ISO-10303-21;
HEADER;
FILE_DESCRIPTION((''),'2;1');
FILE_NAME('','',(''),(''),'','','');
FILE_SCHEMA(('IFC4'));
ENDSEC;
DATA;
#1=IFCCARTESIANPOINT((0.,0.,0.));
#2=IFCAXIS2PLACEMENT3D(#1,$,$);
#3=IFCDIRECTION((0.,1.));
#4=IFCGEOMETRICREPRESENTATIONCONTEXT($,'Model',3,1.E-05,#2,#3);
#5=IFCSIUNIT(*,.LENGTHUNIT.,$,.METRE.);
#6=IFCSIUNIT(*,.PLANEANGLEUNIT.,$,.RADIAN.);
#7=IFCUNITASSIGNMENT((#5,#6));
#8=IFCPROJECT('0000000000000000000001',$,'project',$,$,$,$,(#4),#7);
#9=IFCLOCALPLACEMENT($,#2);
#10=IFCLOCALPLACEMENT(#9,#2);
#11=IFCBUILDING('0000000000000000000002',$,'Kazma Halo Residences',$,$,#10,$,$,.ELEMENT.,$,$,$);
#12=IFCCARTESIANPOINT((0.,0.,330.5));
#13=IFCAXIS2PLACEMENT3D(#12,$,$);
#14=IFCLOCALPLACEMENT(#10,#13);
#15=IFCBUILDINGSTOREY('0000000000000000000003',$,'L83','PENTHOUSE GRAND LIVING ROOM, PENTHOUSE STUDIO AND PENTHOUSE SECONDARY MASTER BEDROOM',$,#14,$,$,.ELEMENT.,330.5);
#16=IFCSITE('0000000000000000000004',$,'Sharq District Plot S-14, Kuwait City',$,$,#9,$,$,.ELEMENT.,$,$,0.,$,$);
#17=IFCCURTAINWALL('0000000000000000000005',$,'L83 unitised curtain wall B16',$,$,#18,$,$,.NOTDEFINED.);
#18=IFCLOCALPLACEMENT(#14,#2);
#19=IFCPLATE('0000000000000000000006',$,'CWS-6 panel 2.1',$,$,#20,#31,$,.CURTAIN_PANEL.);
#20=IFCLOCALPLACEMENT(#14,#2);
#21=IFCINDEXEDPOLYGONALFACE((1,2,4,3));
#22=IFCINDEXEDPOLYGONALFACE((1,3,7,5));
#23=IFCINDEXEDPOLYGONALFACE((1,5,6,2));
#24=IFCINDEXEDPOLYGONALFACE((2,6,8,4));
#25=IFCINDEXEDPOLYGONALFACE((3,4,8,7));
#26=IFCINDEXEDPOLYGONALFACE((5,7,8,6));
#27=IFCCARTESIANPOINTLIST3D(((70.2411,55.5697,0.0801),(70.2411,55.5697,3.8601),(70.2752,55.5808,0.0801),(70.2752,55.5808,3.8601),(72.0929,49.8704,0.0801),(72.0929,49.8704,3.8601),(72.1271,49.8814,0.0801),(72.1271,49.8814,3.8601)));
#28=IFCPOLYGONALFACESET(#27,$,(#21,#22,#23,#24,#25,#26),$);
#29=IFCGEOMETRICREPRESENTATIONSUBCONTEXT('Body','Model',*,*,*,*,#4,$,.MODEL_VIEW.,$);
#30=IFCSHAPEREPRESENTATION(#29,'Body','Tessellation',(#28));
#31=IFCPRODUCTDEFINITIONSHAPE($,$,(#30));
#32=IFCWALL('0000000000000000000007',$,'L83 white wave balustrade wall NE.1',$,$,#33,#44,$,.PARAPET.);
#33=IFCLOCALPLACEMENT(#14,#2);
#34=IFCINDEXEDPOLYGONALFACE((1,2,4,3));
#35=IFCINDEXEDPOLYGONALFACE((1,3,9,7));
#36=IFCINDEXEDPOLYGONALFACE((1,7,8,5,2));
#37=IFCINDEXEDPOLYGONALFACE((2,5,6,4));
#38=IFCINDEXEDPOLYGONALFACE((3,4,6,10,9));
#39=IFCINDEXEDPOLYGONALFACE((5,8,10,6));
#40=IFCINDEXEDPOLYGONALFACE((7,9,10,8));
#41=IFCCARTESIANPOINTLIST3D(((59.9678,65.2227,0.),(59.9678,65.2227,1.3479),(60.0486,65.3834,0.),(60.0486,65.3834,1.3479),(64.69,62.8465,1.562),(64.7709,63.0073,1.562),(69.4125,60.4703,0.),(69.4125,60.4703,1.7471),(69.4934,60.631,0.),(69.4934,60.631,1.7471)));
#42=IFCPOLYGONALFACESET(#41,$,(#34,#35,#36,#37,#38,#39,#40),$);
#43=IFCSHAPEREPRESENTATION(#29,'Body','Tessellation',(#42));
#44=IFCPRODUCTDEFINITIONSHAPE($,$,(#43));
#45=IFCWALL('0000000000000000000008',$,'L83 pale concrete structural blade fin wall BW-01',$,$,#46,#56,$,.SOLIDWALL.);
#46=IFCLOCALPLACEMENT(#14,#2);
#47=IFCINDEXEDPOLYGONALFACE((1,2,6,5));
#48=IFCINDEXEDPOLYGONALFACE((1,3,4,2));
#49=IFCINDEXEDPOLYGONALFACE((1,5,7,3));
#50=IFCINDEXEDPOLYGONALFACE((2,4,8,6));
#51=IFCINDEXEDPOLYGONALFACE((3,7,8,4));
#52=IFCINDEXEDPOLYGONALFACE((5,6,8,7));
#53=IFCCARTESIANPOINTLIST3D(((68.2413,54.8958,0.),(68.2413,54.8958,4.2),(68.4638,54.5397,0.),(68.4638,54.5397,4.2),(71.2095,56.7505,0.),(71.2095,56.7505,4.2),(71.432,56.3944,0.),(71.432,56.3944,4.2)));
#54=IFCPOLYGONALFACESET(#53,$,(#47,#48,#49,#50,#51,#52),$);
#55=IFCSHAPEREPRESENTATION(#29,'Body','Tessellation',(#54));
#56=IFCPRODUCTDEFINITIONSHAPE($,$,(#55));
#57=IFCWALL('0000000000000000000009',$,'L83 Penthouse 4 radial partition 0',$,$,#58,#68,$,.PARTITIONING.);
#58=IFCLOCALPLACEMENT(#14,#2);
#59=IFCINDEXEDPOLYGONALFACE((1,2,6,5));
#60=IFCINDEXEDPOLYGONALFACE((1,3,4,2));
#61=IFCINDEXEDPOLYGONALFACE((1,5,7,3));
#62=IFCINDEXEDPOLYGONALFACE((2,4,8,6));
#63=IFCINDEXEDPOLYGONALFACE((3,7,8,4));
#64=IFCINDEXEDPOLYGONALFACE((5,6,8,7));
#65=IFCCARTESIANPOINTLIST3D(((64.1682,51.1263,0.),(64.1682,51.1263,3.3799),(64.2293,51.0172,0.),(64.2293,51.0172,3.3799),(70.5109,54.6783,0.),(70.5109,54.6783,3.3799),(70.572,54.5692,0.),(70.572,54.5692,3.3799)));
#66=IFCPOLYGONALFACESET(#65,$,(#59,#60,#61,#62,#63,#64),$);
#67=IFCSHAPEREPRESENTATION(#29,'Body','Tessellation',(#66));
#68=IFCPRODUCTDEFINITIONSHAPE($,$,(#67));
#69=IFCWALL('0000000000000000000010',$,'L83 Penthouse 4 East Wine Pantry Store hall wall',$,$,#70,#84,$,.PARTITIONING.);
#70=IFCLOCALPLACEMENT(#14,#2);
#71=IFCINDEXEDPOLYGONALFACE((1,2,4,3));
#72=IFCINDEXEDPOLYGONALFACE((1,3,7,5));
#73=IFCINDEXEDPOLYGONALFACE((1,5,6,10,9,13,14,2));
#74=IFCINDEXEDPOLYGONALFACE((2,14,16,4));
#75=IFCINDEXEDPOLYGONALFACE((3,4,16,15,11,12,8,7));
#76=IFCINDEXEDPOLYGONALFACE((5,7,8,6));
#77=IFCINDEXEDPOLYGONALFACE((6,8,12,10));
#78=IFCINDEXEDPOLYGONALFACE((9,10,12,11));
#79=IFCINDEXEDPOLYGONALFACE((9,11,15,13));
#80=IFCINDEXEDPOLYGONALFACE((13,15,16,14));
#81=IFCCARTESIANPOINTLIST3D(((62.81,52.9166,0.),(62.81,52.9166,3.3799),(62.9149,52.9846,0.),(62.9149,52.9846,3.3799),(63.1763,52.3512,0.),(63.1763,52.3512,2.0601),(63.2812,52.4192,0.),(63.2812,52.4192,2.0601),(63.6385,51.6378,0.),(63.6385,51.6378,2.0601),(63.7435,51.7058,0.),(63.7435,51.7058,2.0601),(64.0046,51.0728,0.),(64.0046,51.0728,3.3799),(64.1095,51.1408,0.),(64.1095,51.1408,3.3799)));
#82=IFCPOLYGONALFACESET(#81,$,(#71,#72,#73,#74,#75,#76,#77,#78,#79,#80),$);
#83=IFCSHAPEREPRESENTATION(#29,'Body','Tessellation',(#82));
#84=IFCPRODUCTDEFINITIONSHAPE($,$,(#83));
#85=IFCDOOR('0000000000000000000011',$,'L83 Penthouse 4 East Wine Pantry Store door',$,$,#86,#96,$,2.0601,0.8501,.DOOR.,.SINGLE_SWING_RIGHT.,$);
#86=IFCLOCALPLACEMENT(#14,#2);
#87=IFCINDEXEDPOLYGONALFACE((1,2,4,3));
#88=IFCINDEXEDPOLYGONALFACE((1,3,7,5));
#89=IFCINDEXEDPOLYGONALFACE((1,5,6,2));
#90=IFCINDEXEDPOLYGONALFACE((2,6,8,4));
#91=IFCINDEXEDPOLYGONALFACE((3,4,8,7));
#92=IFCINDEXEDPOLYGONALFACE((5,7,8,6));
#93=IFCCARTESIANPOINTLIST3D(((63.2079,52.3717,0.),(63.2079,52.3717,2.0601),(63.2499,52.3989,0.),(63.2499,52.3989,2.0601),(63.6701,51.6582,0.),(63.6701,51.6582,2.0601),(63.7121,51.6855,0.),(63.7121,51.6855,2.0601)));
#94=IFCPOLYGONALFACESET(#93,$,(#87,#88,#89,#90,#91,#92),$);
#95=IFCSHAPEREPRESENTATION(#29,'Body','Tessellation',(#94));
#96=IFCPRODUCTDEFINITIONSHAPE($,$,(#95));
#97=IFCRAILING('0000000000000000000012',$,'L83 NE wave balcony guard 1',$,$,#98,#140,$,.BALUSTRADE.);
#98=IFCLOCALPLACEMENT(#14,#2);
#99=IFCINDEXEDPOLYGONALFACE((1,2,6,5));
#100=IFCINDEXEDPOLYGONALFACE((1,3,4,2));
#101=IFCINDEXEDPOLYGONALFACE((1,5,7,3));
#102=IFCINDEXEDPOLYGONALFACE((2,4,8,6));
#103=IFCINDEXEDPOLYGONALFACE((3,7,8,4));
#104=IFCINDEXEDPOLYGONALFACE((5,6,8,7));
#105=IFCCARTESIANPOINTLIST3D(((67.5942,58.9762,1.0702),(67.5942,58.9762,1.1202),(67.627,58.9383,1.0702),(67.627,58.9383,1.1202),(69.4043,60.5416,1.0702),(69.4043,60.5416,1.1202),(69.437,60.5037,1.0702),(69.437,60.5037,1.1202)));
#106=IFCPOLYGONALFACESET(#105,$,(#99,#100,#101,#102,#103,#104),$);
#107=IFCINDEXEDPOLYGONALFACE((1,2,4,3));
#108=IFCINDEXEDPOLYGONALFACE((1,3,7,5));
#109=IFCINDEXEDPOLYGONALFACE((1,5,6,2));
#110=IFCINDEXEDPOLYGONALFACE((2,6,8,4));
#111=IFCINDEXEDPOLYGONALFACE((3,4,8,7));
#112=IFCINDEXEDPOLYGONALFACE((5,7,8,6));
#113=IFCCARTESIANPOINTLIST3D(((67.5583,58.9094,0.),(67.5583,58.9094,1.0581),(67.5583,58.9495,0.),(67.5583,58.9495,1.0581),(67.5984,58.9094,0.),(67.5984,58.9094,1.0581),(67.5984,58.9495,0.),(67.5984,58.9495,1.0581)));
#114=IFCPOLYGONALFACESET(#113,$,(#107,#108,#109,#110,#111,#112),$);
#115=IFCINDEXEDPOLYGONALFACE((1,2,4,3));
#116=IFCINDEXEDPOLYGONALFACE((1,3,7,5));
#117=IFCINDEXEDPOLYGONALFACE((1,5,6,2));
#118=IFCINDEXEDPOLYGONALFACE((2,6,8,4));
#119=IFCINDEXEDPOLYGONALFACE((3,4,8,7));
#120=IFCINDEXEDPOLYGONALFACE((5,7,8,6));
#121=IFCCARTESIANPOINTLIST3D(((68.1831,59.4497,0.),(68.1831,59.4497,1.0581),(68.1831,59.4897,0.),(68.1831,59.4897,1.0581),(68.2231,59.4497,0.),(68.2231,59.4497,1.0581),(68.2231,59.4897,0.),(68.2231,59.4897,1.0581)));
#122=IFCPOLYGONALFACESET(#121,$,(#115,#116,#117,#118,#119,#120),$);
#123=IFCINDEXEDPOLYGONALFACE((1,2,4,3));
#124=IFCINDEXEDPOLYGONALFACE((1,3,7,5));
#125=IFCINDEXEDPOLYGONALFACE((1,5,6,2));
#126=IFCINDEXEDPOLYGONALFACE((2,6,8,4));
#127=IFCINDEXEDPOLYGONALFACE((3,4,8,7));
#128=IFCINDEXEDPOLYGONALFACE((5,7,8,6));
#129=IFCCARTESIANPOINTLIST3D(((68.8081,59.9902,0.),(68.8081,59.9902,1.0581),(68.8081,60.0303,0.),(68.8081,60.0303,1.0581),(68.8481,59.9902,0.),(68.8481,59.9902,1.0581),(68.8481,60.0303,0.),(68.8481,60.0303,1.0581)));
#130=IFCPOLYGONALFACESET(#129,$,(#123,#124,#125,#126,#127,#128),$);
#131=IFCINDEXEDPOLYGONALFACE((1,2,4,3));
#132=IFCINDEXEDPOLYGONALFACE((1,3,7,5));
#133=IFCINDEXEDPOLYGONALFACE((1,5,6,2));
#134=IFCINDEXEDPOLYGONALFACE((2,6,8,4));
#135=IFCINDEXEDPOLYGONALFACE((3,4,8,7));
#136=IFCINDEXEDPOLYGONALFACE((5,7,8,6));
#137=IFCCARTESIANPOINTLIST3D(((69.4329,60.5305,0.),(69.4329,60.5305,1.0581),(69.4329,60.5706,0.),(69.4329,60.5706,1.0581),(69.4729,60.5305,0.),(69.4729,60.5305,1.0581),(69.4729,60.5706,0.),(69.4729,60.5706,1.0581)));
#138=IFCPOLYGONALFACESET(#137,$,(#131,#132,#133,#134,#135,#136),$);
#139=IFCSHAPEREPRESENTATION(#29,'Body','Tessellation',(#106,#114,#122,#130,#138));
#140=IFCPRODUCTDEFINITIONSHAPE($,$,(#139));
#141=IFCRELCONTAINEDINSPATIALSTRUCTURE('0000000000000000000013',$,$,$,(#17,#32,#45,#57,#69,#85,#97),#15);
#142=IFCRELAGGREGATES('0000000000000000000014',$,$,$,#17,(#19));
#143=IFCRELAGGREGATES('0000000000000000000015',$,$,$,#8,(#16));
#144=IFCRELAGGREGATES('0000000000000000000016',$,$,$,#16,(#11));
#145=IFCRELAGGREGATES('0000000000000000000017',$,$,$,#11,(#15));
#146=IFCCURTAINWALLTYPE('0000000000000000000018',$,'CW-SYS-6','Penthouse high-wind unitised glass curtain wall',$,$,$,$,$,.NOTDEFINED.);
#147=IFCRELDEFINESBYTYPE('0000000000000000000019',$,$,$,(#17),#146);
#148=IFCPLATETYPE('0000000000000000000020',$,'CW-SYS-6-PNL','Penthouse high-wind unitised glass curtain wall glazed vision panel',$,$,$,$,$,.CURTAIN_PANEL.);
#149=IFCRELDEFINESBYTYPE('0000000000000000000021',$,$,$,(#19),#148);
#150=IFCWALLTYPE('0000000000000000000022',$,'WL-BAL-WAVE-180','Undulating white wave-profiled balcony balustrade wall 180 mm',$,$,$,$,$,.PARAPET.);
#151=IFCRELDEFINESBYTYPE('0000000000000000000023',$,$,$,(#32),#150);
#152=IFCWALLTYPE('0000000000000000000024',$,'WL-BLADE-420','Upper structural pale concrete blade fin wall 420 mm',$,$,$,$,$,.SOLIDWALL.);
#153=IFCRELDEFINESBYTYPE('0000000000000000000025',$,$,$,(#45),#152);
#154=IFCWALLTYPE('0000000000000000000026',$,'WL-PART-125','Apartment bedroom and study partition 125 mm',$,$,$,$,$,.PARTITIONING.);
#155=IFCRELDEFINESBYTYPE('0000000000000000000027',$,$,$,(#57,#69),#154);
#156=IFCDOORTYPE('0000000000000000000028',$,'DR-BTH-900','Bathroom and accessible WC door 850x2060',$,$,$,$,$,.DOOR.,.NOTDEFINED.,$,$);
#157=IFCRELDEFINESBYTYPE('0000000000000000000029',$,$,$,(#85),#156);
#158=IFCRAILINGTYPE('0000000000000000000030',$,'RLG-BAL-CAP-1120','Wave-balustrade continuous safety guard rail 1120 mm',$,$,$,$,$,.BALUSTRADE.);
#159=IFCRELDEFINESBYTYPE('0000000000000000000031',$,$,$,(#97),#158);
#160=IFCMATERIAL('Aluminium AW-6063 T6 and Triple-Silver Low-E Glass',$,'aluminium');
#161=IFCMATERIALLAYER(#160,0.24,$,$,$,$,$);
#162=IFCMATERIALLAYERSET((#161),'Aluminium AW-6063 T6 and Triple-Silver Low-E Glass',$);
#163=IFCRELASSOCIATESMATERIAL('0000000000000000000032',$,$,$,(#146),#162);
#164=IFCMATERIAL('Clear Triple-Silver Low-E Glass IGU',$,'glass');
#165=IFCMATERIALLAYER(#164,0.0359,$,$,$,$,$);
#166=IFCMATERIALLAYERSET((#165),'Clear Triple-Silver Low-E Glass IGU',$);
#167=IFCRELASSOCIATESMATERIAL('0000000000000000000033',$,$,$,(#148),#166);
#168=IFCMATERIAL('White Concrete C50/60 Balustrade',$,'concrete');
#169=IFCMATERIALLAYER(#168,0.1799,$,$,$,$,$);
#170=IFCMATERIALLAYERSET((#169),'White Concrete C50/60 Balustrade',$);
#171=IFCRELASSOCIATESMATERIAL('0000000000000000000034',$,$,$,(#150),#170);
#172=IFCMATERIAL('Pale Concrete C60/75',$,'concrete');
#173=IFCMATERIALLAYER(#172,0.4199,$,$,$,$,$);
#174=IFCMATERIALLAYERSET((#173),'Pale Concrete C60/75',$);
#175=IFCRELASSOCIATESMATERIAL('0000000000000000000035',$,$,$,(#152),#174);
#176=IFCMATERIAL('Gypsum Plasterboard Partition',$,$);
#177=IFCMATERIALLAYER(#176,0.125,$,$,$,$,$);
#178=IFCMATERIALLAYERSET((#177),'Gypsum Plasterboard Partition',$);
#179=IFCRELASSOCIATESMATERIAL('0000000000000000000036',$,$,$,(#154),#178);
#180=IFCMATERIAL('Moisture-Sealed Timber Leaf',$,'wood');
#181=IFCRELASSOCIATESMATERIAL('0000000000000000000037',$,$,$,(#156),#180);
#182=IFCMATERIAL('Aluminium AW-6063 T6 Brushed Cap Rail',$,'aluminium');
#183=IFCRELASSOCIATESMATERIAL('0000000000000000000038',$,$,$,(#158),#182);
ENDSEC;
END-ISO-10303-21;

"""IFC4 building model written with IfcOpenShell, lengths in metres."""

from ifc_helpers import new_model, si_unit, direction, frame, frame_2d, origin, origin_2d, place, context, subcontext, project, spatial, polyline, rectangle, outline, extrude, material, layer, layer_set, type_object, element, fill, aggregate, save


model = new_model("IFC4")

# Units and contexts
model_context = context("Model", 3, precision=1e-05, world=origin(), true_north=direction((0.0, 1.0)))
body_context = subcontext(model_context, "Body", "Model", "MODEL_VIEW")
ifc_project = project(units=[si_unit("LENGTHUNIT", "METRE"), si_unit("PLANEANGLEUNIT", "RADIAN")], contexts=[model_context])

# Site, building, storey
site_placement = place(None, origin())
site = spatial("IfcSite", under=ifc_project, at=site_placement, Name="Sharq District Plot S-14, Kuwait City", CompositionType="ELEMENT", RefElevation=0.0)
building_placement = place(site_placement, origin())
building = spatial("IfcBuilding", under=site, at=building_placement, Name="Kazma Halo Residences", CompositionType="ELEMENT")
storey_placement = place(building_placement, frame((0.0, 0.0, 330.5)))
storey = spatial("IfcBuildingStorey", under=building, at=storey_placement, Name="L83", Description="PENTHOUSE GRAND LIVING ROOM, PENTHOUSE STUDIO AND PENTHOUSE SECONDARY MASTER BEDROOM", CompositionType="ELEMENT", Elevation=330.5)

# Shared definitions
ifc_material_1 = material(Name="Aluminium AW-6063 T6 and Triple-Silver Low-E Glass", Category="aluminium")
ifc_layer_1 = layer(ifc_material_1, 0.24)
ifc_layer_set_1 = layer_set([ifc_layer_1], Name="Aluminium AW-6063 T6 and Triple-Silver Low-E Glass")
curtain_wall_type = type_object("IfcCurtainWallType", Name="CW-SYS-6", Description="Penthouse high-wind unitised glass curtain wall", PredefinedType="NOTDEFINED", material=ifc_layer_set_1)

# Curtain wall
curtain_wall_1_placement = place(storey_placement, origin())
curtain_wall_1 = element("IfcCurtainWall", 1, at=curtain_wall_1_placement, inside=storey, type_object=curtain_wall_type, Name="L83 unitised curtain wall B16", PredefinedType="NOTDEFINED")

# Plate
ifc_material_2 = material(Name="Clear Triple-Silver Low-E Glass IGU", Category="glass")
ifc_layer_2 = layer(ifc_material_2, 0.0359)
ifc_layer_set_2 = layer_set([ifc_layer_2], Name="Clear Triple-Silver Low-E Glass IGU")
plate_type = type_object("IfcPlateType", Name="CW-SYS-6-PNL", Description="Penthouse high-wind unitised glass curtain wall glazed vision panel", PredefinedType="CURTAIN_PANEL", material=ifc_layer_set_2)
plate_1_placement = place(storey_placement, frame((71.1841, 52.7256, 0.0801), z_axis=(0.0, 0.0, 1.0), x_axis=(-0.309019, 0.951056, 0.0)))
plate_1 = element("IfcPlate", 2, at=plate_1_placement, type_object=plate_type, Name="CWS-6 panel 2.1", PredefinedType="CURTAIN_PANEL", context=body_context, shape_type="SweptSolid", body=[
    extrude(rectangle(XDim=5.9927, YDim=0.0359, at=origin_2d()), origin(), (0.0, 0.0, 1.0), 3.78),
])
aggregate(curtain_wall_1, [plate_1])

# Walls
ifc_material_3 = material(Name="White Concrete C50/60 Balustrade", Category="concrete")
ifc_layer_3 = layer(ifc_material_3, 0.1799)
ifc_layer_set_3 = layer_set([ifc_layer_3], Name="White Concrete C50/60 Balustrade")
wall_type_1 = type_object("IfcWallType", Name="WL-BAL-WAVE-180", Description="Undulating white wave-profiled balcony balustrade wall 180 mm", PredefinedType="PARAPET", material=ifc_layer_set_3)
wall_1_placement = place(storey_placement, frame((69.4529, 60.5505, 0.0), z_axis=(0.0, 0.0, 1.0), x_axis=(-0.893288, 0.449484, 0.0)))
element("IfcWall", 3, at=wall_1_placement, inside=storey, type_object=wall_type_1, Name="L83 white wave balustrade wall NE.1", PredefinedType="PARAPET", context=body_context, shape_type="SweptSolid", body=[
    extrude(outline(polyline([(0.0, 0.0), (10.573, 0.0), (10.573, 1.3479), (5.2866, 1.562), (0.0, 1.7471), (0.0, 0.0)])), frame((0.0, 0.0898, 0.0), z_axis=(0.0, -1.0, 0.0), x_axis=(1.0, 0.0, 0.0)), (0.0, 0.0, 1.0), 0.1799),
])
ifc_material_4 = material(Name="Pale Concrete C60/75", Category="concrete")
ifc_layer_4 = layer(ifc_material_4, 0.4199)
ifc_layer_set_4 = layer_set([ifc_layer_4], Name="Pale Concrete C60/75")
wall_type_2 = type_object("IfcWallType", Name="WL-BLADE-420", Description="Upper structural pale concrete blade fin wall 420 mm", PredefinedType="SOLIDWALL", material=ifc_layer_set_4)
wall_2_placement = place(storey_placement, frame((68.3525, 54.7178, 0.0), z_axis=(0.0, 0.0, 1.0), x_axis=(0.848053, 0.529911, 0.0)))
element("IfcWall", 4, at=wall_2_placement, inside=storey, type_object=wall_type_2, Name="L83 pale concrete structural blade fin wall BW-01", PredefinedType="SOLIDWALL", context=body_context, shape_type="SweptSolid", body=[
    extrude(rectangle(XDim=3.5, YDim=0.4199, at=frame_2d((1.75, 0.0))), origin(), (0.0, 0.0, 1.0), 4.2),
])

# Wall
ifc_material_5 = material(Name="Gypsum Plasterboard Partition")
ifc_layer_5 = layer(ifc_material_5, 0.125)
ifc_layer_set_5 = layer_set([ifc_layer_5], Name="Gypsum Plasterboard Partition")
wall_type_3 = type_object("IfcWallType", Name="WL-PART-125", Description="Apartment bedroom and study partition 125 mm", PredefinedType="PARTITIONING", material=ifc_layer_set_5)
wall_3_placement = place(storey_placement, frame((64.1987, 51.0718, 0.0), z_axis=(0.0, 0.0, 1.0), x_axis=(0.872503, 0.488608, 0.0)))
element("IfcWall", 5, at=wall_3_placement, inside=storey, type_object=wall_type_3, Name="L83 Penthouse 4 radial partition 0", PredefinedType="PARTITIONING", context=body_context, shape_type="SweptSolid", body=[
    extrude(rectangle(XDim=7.2695, YDim=0.125, at=frame_2d((3.6348, 0.0))), origin(), (0.0, 0.0, 1.0), 3.3799),
])

# Wall, opening, door
wall_4_placement = place(storey_placement, frame((64.0571, 51.1067, 0.0), z_axis=(0.0, 0.0, 1.0), x_axis=(-0.543753, 0.839245, 0.0)))
wall_4 = element("IfcWall", 6, at=wall_4_placement, inside=storey, type_object=wall_type_3, Name="L83 Penthouse 4 East Wine Pantry Store hall wall", PredefinedType="PARTITIONING", context=body_context, shape_type="SweptSolid", body=[
    extrude(rectangle(XDim=2.197, YDim=0.125, at=frame_2d((1.0986, 0.0))), origin(), (0.0, 0.0, 1.0), 3.3799),
])
opening_1_placement = place(wall_4_placement, frame((0.6733, 0.0, 0.0)))
opening_1 = element("IfcOpeningElement", 7, at=opening_1_placement, cuts=wall_4, PredefinedType="OPENING", context=body_context, shape_type="SweptSolid", body=[
    extrude(rectangle(XDim=0.8501, YDim=2.0601, at=frame_2d((0.425, 1.03))), frame((0.0, 0.0725, 0.0), z_axis=(0.0, -1.0, 0.0), x_axis=(1.0, 0.0, 0.0)), (0.0, 0.0, 1.0), 0.145),
])
ifc_material_6 = material(Name="Moisture-Sealed Timber Leaf", Category="wood")
door_type_1 = type_object("IfcDoorType", Name="DR-BTH-900", Description="Bathroom and accessible WC door 850x2060", OperationType="NOTDEFINED", PredefinedType="DOOR", material=ifc_material_6)
door_1_placement = place(opening_1_placement, origin())
door_1 = element("IfcDoor", 8, at=door_1_placement, inside=storey, type_object=door_type_1, Name="L83 Penthouse 4 East Wine Pantry Store door", OperationType="SINGLE_SWING_RIGHT", OverallHeight=2.0601, OverallWidth=0.8501, PredefinedType="DOOR", context=body_context, shape_type="SweptSolid", body=[
    extrude(rectangle(XDim=0.8501, YDim=2.0601, at=frame_2d((0.425, 1.03))), frame((0.0, 0.0249, 0.0), z_axis=(0.0, -1.0, 0.0), x_axis=(1.0, 0.0, 0.0)), (0.0, 0.0, 1.0), 0.05),
])
fill(opening_1, door_1)

# Railing
ifc_material_7 = material(Name="Aluminium AW-6063 T6 Brushed Cap Rail", Category="aluminium")
railing_type = type_object("IfcRailingType", Name="RLG-BAL-CAP-1120", Description="Wave-balustrade continuous safety guard rail 1120 mm", PredefinedType="BALUSTRADE", material=ifc_material_7)
railing_1_placement = place(storey_placement, frame((67.5784, 58.9294, 0.0)))
element("IfcRailing", 9, at=railing_1_placement, inside=storey, type_object=railing_type, Name="L83 NE wave balcony guard 1", PredefinedType="BALUSTRADE", context=body_context, shape_type="SweptSolid", body=[
    extrude(rectangle(XDim=0.05, YDim=0.05, at=origin_2d()), frame((0.0322, 0.0278, 1.0952), z_axis=(0.756384, 0.654128, 0.0), x_axis=(-0.654128, 0.756384, 0.0)), (0.0, 0.0, 1.0), 2.3931),
    extrude(rectangle(XDim=0.04, YDim=0.04, at=origin_2d()), origin(), (0.0, 0.0, 1.0), 1.0581),
    extrude(rectangle(XDim=0.04, YDim=0.04, at=origin_2d()), frame((0.6248, 0.5403, 0.0)), (0.0, 0.0, 1.0), 1.0581),
    extrude(rectangle(XDim=0.04, YDim=0.04, at=origin_2d()), frame((1.2498, 1.0808, 0.0)), (0.0, 0.0, 1.0), 1.0581),
    extrude(rectangle(XDim=0.04, YDim=0.04, at=origin_2d()), frame((1.8745, 1.6211, 0.0)), (0.0, 0.0, 1.0), 1.0581),
])

save(model, "model.ifc")
